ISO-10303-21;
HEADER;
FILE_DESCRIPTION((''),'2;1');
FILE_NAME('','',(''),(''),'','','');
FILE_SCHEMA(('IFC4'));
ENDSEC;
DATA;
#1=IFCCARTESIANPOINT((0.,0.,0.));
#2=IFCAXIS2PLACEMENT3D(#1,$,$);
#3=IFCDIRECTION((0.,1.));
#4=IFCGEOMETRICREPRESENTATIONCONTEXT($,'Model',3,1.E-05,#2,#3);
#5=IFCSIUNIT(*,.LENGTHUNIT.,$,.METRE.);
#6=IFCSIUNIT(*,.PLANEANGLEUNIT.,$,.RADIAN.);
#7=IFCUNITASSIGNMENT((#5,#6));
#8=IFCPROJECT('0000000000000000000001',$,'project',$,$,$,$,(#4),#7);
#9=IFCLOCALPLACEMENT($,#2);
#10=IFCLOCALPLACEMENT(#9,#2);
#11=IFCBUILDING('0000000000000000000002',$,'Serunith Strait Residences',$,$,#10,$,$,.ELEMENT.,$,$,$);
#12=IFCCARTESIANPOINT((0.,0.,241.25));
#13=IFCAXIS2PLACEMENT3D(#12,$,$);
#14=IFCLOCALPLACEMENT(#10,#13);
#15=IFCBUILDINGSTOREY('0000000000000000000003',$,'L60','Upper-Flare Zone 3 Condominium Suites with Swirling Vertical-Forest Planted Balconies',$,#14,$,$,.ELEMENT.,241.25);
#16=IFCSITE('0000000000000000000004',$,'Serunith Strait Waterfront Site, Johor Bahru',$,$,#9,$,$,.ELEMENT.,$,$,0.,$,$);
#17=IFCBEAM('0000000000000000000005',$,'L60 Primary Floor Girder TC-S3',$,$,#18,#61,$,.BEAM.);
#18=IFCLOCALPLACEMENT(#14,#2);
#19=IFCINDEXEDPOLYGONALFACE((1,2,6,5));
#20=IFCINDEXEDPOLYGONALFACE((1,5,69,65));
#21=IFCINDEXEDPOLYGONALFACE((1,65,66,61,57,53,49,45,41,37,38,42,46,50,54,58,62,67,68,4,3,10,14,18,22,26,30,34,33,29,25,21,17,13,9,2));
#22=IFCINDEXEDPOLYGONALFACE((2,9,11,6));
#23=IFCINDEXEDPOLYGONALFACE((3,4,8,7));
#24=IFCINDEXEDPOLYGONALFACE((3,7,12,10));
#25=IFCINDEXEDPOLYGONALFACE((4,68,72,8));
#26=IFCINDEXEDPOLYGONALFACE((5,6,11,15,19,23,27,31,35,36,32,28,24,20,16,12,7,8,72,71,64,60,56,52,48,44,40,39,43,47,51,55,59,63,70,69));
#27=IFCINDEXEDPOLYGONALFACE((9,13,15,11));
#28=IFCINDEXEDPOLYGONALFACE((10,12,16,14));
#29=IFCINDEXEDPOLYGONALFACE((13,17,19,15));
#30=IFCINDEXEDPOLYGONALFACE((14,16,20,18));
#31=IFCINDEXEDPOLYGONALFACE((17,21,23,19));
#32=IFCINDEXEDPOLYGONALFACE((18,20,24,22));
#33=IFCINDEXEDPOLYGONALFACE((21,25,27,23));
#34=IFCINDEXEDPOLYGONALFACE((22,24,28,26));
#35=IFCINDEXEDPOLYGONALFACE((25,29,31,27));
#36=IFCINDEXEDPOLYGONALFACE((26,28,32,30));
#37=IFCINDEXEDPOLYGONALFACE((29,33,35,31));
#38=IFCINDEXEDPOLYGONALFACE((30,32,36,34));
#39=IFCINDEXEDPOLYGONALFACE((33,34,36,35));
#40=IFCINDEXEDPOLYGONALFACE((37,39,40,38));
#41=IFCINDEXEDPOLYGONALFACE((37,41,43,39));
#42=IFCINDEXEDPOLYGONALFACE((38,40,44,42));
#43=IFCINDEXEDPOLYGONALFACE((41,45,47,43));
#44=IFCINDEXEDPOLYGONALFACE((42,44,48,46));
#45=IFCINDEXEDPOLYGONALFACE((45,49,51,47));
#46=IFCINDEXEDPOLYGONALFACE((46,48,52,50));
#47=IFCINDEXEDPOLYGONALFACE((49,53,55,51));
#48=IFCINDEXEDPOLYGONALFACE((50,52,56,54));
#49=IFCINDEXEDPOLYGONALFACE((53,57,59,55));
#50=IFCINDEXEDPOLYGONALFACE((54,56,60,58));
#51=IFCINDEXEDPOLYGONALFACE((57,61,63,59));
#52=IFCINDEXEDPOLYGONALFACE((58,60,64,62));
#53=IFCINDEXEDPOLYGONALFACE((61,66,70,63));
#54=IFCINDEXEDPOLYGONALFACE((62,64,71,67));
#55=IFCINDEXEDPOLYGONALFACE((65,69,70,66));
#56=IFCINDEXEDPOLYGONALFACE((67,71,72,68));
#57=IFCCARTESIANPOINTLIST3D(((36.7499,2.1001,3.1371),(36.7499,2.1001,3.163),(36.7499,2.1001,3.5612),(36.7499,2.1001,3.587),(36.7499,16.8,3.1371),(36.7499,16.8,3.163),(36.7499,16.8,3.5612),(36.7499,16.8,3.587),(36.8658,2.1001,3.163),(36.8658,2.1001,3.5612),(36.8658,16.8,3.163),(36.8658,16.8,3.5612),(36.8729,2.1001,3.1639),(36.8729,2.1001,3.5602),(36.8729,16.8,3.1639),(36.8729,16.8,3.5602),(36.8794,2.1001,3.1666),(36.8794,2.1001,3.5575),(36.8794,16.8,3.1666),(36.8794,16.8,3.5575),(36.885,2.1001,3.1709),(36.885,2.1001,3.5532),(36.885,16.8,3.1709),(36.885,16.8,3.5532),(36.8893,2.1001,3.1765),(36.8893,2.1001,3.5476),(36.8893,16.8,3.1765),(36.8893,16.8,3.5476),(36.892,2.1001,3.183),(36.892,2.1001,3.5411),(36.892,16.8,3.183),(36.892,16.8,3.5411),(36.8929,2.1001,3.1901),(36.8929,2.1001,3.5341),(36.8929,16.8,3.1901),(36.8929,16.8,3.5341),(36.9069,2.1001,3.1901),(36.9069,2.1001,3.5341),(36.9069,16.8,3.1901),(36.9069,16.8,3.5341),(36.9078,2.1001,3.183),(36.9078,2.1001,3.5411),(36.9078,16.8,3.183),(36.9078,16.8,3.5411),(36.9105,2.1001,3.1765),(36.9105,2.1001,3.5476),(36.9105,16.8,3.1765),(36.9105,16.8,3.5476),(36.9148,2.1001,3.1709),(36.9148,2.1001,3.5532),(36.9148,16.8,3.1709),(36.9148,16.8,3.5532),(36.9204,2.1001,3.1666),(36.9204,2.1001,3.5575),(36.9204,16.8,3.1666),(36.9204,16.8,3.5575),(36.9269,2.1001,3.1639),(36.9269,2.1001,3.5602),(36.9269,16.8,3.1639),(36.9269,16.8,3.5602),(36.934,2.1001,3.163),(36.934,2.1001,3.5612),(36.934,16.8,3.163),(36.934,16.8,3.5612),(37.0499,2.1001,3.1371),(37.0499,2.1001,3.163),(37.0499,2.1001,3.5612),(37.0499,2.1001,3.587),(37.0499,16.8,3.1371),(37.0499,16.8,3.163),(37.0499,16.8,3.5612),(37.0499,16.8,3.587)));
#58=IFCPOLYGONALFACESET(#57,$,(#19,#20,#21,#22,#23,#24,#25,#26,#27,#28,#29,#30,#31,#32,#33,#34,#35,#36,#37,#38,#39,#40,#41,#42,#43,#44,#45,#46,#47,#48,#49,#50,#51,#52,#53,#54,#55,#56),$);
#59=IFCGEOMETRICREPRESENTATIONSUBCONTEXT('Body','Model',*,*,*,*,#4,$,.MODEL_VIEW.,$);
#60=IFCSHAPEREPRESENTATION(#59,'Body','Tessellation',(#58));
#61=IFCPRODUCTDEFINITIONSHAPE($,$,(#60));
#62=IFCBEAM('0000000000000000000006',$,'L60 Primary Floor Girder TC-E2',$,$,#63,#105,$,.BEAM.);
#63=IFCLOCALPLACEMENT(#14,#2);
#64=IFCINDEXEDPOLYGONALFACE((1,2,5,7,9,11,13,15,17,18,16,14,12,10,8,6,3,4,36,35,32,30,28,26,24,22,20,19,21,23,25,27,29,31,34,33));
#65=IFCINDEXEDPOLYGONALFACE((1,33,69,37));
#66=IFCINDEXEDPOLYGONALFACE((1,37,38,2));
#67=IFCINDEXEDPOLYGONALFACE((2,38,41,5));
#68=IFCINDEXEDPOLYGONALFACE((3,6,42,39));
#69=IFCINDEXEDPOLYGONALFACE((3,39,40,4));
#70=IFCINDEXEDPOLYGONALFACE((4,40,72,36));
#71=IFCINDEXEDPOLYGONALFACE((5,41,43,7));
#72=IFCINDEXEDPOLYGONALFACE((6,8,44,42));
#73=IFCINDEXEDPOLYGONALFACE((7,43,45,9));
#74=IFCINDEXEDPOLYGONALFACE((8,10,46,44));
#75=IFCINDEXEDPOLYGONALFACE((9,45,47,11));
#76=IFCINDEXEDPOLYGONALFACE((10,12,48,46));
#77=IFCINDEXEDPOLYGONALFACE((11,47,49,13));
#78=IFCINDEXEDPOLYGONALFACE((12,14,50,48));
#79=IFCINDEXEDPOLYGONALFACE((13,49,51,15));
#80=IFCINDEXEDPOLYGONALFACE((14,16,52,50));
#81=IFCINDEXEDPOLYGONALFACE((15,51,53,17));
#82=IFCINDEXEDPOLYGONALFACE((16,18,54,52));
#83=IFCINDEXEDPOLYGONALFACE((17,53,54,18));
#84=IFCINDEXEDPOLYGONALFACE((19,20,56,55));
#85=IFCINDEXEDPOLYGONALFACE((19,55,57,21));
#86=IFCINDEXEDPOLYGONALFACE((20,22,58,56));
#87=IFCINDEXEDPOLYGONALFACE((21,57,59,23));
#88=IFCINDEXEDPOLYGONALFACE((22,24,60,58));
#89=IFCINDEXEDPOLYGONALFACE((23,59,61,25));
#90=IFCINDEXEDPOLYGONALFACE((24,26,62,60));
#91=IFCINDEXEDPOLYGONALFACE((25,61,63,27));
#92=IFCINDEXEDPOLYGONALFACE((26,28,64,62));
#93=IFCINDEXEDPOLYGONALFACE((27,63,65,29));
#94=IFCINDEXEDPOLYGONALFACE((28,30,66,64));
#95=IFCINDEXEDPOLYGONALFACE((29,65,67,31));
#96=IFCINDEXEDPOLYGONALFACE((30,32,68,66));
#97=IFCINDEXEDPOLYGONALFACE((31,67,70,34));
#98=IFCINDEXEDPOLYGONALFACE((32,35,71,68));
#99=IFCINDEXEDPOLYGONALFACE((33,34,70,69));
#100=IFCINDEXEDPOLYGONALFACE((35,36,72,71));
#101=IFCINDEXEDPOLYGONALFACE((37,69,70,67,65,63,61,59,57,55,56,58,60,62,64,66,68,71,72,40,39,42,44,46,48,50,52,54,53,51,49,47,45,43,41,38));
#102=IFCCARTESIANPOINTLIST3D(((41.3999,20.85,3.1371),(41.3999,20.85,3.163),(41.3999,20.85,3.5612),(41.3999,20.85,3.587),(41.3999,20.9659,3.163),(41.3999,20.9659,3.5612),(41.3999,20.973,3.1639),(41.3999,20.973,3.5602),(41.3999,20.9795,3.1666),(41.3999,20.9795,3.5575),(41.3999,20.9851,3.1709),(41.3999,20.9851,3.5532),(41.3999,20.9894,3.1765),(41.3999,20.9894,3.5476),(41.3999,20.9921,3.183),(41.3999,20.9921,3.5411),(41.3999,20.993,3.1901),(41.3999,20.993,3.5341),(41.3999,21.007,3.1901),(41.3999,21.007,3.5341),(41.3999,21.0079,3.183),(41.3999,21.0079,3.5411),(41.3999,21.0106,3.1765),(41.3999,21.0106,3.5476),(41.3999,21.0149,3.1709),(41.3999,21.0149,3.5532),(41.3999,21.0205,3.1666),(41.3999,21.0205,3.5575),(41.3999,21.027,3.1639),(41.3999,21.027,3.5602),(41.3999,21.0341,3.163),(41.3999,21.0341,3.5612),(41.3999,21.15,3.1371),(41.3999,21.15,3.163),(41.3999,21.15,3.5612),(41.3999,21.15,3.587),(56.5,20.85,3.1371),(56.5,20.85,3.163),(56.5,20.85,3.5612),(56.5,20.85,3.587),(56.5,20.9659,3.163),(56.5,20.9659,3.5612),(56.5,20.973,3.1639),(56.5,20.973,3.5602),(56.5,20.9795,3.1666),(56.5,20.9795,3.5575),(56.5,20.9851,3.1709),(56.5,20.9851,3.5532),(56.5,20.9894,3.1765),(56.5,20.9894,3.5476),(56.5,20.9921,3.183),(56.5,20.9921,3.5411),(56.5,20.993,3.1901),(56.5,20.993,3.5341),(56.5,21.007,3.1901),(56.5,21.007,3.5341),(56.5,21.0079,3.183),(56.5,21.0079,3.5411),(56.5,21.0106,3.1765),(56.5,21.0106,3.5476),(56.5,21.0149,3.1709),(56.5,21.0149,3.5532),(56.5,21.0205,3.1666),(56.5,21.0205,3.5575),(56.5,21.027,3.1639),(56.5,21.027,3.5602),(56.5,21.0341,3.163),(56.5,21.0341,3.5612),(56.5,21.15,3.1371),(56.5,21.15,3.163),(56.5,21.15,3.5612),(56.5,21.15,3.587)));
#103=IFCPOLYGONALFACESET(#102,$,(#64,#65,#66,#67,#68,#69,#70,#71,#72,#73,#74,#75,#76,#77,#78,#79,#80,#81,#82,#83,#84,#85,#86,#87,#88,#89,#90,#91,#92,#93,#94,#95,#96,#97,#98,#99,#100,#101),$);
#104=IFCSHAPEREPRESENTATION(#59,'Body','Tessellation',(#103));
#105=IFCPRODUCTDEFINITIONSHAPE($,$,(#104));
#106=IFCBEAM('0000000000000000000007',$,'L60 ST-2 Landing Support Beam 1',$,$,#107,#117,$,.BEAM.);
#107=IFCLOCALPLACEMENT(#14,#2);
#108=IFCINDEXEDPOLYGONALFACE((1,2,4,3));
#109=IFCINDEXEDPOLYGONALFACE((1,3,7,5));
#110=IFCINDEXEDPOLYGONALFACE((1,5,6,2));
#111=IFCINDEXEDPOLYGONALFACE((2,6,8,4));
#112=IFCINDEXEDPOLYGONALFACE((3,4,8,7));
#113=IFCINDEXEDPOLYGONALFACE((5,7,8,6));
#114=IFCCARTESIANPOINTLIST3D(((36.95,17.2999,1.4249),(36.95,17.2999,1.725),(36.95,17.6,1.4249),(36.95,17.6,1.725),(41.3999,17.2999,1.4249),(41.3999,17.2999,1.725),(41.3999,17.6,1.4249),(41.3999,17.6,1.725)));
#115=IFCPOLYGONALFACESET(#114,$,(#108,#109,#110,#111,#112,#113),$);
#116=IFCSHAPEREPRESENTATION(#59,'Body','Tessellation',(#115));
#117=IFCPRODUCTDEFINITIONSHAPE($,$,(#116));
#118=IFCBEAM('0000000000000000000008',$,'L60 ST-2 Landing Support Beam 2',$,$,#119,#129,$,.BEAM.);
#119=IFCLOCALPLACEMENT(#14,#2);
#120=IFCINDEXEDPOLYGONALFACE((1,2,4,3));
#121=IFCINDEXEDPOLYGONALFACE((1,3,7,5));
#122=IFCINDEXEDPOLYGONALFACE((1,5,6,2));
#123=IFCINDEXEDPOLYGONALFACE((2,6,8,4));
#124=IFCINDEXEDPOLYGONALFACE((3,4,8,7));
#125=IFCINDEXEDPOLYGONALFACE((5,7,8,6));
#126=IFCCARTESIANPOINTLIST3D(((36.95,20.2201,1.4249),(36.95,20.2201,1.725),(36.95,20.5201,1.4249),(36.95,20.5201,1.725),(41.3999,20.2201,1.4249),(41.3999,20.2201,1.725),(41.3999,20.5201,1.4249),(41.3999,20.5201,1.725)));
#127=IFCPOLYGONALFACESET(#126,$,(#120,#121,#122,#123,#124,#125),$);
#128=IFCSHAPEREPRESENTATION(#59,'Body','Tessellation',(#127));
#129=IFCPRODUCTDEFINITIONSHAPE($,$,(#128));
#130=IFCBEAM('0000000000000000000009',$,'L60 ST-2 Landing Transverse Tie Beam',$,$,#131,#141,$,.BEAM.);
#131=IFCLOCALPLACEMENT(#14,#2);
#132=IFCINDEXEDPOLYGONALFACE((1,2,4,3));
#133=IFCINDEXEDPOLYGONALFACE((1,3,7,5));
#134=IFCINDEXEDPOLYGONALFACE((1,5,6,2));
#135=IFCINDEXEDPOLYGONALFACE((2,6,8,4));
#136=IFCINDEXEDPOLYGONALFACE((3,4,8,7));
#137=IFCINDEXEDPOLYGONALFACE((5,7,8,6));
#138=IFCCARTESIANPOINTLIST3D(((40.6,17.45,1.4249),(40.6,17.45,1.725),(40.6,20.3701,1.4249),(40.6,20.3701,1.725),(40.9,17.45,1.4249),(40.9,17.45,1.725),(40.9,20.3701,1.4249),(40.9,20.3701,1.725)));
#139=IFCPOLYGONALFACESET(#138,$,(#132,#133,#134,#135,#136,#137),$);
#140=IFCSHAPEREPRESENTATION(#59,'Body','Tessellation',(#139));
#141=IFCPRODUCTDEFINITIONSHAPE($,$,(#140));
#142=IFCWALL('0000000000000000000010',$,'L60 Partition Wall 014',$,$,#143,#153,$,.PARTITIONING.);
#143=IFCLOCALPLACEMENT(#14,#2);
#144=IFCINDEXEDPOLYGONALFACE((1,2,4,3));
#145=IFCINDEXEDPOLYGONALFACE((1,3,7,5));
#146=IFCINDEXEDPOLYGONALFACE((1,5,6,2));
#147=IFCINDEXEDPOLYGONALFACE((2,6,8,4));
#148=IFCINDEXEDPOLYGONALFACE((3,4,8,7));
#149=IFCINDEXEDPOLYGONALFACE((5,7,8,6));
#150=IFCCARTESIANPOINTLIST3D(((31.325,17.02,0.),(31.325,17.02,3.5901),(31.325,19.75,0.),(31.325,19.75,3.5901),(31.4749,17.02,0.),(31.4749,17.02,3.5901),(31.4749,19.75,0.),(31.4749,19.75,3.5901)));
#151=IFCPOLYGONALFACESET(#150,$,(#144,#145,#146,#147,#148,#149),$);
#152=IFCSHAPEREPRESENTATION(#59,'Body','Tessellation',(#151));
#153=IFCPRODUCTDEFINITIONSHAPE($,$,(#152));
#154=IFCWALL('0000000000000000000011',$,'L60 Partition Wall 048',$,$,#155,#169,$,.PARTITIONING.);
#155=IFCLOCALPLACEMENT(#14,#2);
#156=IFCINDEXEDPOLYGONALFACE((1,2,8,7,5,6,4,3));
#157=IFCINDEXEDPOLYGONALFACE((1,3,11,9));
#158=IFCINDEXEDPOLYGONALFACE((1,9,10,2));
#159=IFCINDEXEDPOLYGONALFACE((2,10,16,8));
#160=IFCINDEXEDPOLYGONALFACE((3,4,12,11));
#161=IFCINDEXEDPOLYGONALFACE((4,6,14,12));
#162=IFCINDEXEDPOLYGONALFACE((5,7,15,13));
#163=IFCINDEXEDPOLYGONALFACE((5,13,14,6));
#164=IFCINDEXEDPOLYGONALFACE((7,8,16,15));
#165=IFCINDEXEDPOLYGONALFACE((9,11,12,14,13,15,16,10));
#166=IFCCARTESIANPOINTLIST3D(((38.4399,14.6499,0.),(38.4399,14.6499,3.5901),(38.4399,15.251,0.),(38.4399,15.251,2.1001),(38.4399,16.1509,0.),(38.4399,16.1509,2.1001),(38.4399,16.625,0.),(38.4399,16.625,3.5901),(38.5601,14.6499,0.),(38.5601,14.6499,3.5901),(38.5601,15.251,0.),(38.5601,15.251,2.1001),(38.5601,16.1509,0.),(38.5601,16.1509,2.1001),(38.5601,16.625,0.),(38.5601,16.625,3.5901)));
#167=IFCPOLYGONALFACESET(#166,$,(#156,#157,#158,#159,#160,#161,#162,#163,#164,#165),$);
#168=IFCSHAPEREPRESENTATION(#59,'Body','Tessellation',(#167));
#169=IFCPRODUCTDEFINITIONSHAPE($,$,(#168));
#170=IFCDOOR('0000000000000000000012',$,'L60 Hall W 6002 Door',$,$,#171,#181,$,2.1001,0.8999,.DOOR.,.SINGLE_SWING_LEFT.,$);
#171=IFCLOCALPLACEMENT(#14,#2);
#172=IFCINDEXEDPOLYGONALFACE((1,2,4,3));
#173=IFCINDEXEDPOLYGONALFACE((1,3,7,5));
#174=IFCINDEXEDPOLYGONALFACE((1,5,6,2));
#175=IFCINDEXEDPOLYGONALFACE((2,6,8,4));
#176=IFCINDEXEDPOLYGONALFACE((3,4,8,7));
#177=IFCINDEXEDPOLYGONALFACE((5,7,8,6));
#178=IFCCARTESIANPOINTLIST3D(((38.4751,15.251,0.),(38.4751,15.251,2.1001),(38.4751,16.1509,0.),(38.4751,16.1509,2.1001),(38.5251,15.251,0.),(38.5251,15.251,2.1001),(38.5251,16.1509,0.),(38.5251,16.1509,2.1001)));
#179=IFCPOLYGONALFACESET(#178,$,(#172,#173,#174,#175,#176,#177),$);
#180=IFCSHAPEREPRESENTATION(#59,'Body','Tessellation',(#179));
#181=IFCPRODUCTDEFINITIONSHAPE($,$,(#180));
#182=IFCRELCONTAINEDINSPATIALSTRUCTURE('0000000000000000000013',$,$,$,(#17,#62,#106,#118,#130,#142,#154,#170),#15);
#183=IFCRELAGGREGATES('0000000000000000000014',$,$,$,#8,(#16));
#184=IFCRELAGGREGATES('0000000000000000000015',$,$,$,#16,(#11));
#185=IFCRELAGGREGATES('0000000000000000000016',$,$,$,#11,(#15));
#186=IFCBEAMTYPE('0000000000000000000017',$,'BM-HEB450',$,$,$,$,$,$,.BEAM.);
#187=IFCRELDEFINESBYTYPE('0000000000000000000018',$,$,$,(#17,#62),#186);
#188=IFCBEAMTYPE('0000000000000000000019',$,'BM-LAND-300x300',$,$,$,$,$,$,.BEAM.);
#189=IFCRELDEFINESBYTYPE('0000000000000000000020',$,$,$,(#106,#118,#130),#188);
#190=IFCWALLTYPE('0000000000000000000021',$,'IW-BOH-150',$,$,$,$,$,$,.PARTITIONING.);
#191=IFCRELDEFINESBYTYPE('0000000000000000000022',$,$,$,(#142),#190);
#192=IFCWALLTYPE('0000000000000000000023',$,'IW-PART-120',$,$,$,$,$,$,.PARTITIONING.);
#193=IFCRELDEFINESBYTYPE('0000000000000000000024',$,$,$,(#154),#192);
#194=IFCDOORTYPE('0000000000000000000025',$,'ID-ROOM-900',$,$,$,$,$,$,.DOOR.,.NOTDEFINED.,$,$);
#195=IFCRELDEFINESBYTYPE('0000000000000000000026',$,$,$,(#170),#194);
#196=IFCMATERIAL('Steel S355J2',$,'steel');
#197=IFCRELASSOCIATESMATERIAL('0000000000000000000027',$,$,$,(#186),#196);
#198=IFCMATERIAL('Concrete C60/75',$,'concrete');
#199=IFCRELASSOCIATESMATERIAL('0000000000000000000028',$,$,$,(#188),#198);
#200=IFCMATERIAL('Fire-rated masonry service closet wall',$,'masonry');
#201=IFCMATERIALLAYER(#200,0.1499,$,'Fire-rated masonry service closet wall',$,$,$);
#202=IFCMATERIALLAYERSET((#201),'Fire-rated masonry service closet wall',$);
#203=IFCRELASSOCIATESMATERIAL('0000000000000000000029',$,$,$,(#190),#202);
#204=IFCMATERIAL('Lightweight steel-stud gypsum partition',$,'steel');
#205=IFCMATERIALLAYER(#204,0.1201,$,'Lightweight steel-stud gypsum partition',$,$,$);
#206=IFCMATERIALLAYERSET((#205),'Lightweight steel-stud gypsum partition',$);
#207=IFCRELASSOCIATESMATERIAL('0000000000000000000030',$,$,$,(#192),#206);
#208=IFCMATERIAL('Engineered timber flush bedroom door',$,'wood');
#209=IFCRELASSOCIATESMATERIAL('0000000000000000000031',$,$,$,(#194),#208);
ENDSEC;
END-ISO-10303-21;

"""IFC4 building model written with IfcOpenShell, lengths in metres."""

from ifc_helpers import new_model, si_unit, direction, frame, frame_2d, origin, origin_2d, place, context, subcontext, project, spatial, rectangle, i_section, extrude, source, transform, mapped, material, layer, layer_set, material_profile, profile_set, type_object, element, fill, save


model = new_model("IFC4")

# Units and contexts
model_context = context("Model", 3, precision=1e-05, world=origin(), true_north=direction((0.0, 1.0)))
body_context = subcontext(model_context, "Body", "Model", "MODEL_VIEW")
ifc_project = project(units=[si_unit("LENGTHUNIT", "METRE"), si_unit("PLANEANGLEUNIT", "RADIAN")], contexts=[model_context])

# Site, building, storey
site_placement = place(None, origin())
site = spatial("IfcSite", under=ifc_project, at=site_placement, Name="Serunith Strait Waterfront Site, Johor Bahru", CompositionType="ELEMENT", RefElevation=0.0)
building_placement = place(site_placement, origin())
building = spatial("IfcBuilding", under=site, at=building_placement, Name="Serunith Strait Residences", CompositionType="ELEMENT")
storey_placement = place(building_placement, frame((0.0, 0.0, 241.25)))
storey = spatial("IfcBuildingStorey", under=building, at=storey_placement, Name="L60", Description="Upper-Flare Zone 3 Condominium Suites with Swirling Vertical-Forest Planted Balconies", CompositionType="ELEMENT", Elevation=241.25)

# Beams
ifc_material_1 = material(Name="Steel S355J2", Category="steel")
ifc_material_profile_1 = material_profile(ifc_material_1, i_section(OverallWidth=0.3, OverallDepth=0.45, WebThickness=0.0139, FlangeThickness=0.0259, FilletRadius=0.0271, at=origin_2d()), Name="HEB 450")
ifc_profile_set_1 = profile_set([ifc_material_profile_1], Name="Steel S355J2")
beam_type_1 = type_object("IfcBeamType", Name="BM-HEB450", PredefinedType="BEAM", material=ifc_profile_set_1)
shared_shape_1 = source(origin(), body_context, "Body", "SweptSolid", [
    extrude(i_section(OverallWidth=0.3, OverallDepth=0.45, WebThickness=0.0139, FlangeThickness=0.0259, FilletRadius=0.0271, at=origin_2d()), origin(), (0.0, 0.0, 1.0), 14.7),
])
beam_1_placement = place(storey_placement, frame((36.8999, 16.8, 3.3621), z_axis=(0.0, -1.0, 0.0), x_axis=(1.0, 0.0, 0.0)))
element("IfcBeam", 1, at=beam_1_placement, inside=storey, type_object=beam_type_1, Name="L60 Primary Floor Girder TC-S3", PredefinedType="BEAM", context=body_context, shape_type="MappedRepresentation", body=[
    mapped(shared_shape_1, transform((0.0, 0.0, 0.0), scale=1.0)),
])
shared_shape_2 = source(origin(), body_context, "Body", "SweptSolid", [
    extrude(i_section(OverallWidth=0.3, OverallDepth=0.45, WebThickness=0.0139, FlangeThickness=0.0259, FilletRadius=0.0271, at=origin_2d()), origin(), (0.0, 0.0, 1.0), 15.1001),
])
beam_2_placement = place(storey_placement, frame((41.3999, 21.0, 3.3621), z_axis=(1.0, 0.0, 0.0), x_axis=(0.0, 1.0, 0.0)))
element("IfcBeam", 2, at=beam_2_placement, inside=storey, type_object=beam_type_1, Name="L60 Primary Floor Girder TC-E2", PredefinedType="BEAM", context=body_context, shape_type="MappedRepresentation", body=[
    mapped(shared_shape_2, transform((0.0, 0.0, 0.0), scale=1.0)),
])
ifc_material_2 = material(Name="Concrete C60/75", Category="concrete")
ifc_material_profile_2 = material_profile(ifc_material_2, rectangle(XDim=0.3, YDim=0.3, at=origin_2d()), Name="RC 300x300")
ifc_profile_set_2 = profile_set([ifc_material_profile_2], Name="Concrete C60/75")
beam_type_2 = type_object("IfcBeamType", Name="BM-LAND-300x300", PredefinedType="BEAM", material=ifc_profile_set_2)
shared_shape_3 = source(origin(), body_context, "Body", "SweptSolid", [
    extrude(rectangle(XDim=0.3, YDim=0.3, at=origin_2d()), origin(), (0.0, 0.0, 1.0), 4.45),
])
for number, where, z_axis, x_axis, name in (
    (3, (36.95, 17.45, 1.575), (1.0, 0.0, 0.0), (0.0, 1.0, 0.0), "L60 ST-2 Landing Support Beam 1"),
    (4, (36.95, 20.3701, 1.575), (1.0, 0.0, 0.0), (0.0, 1.0, 0.0), "L60 ST-2 Landing Support Beam 2"),
):
    element("IfcBeam", number, at=place(storey_placement, frame(where, z_axis=z_axis, x_axis=x_axis)), inside=storey, type_object=beam_type_2, Name=name, PredefinedType="BEAM", context=body_context, shape_type="MappedRepresentation", body=[
        mapped(shared_shape_3, transform((0.0, 0.0, 0.0), scale=1.0)),
    ])
shared_shape_4 = source(origin(), body_context, "Body", "SweptSolid", [
    extrude(rectangle(XDim=0.3, YDim=0.3, at=origin_2d()), origin(), (0.0, 0.0, 1.0), 2.9202),
])
beam_3_placement = place(storey_placement, frame((40.75, 17.45, 1.575), z_axis=(0.0, 1.0, 0.0), x_axis=(-1.0, 0.0, 0.0)))
element("IfcBeam", 5, at=beam_3_placement, inside=storey, type_object=beam_type_2, Name="L60 ST-2 Landing Transverse Tie Beam", PredefinedType="BEAM", context=body_context, shape_type="MappedRepresentation", body=[
    mapped(shared_shape_4, transform((0.0, 0.0, 0.0), scale=1.0)),
])

# Wall
ifc_material_3 = material(Name="Fire-rated masonry service closet wall", Category="masonry")
ifc_layer_1 = layer(ifc_material_3, 0.1499, Name="Fire-rated masonry service closet wall")
ifc_layer_set_1 = layer_set([ifc_layer_1], Name="Fire-rated masonry service closet wall")
wall_type_1 = type_object("IfcWallType", Name="IW-BOH-150", PredefinedType="PARTITIONING", material=ifc_layer_set_1)
wall_1_placement = place(storey_placement, frame((31.3999, 17.02, 0.0), z_axis=(0.0, 0.0, 1.0), x_axis=(0.0, 1.0, 0.0)))
element("IfcWall", 6, at=wall_1_placement, inside=storey, type_object=wall_type_1, Name="L60 Partition Wall 014", PredefinedType="PARTITIONING", context=body_context, shape_type="SweptSolid", body=[
    extrude(rectangle(XDim=2.73, YDim=0.1499, at=frame_2d((1.365, 0.0))), origin(), (0.0, 0.0, 1.0), 3.5901),
])

# Wall, opening, door
ifc_material_4 = material(Name="Lightweight steel-stud gypsum partition", Category="steel")
ifc_layer_2 = layer(ifc_material_4, 0.1201, Name="Lightweight steel-stud gypsum partition")
ifc_layer_set_2 = layer_set([ifc_layer_2], Name="Lightweight steel-stud gypsum partition")
wall_type_2 = type_object("IfcWallType", Name="IW-PART-120", PredefinedType="PARTITIONING", material=ifc_layer_set_2)
wall_2_placement = place(storey_placement, frame((38.5, 14.6499, 0.0), z_axis=(0.0, 0.0, 1.0), x_axis=(0.0, 1.0, 0.0)))
wall_2 = element("IfcWall", 7, at=wall_2_placement, inside=storey, type_object=wall_type_2, Name="L60 Partition Wall 048", PredefinedType="PARTITIONING", context=body_context, shape_type="SweptSolid", body=[
    extrude(rectangle(XDim=1.9751, YDim=0.1201, at=frame_2d((0.9875, 0.0))), origin(), (0.0, 0.0, 1.0), 3.5901),
])
opening_1_placement = place(wall_2_placement, frame((0.6011, 0.0, 0.0)))
opening_1 = element("IfcOpeningElement", 8, at=opening_1_placement, cuts=wall_2, PredefinedType="OPENING", context=body_context, shape_type="SweptSolid", body=[
    extrude(rectangle(XDim=0.8999, YDim=2.1001, at=frame_2d((0.45, 1.05))), frame((0.0, 0.0701, 0.0), z_axis=(0.0, -1.0, 0.0), x_axis=(1.0, 0.0, 0.0)), (0.0, 0.0, 1.0), 0.1401),
])
ifc_material_5 = material(Name="Engineered timber flush bedroom door", Category="wood")
door_type_1 = type_object("IfcDoorType", Name="ID-ROOM-900", OperationType="NOTDEFINED", PredefinedType="DOOR", material=ifc_material_5)
shared_shape_5 = source(origin(), body_context, "Body", "SweptSolid", [
    extrude(rectangle(XDim=0.8999, YDim=2.1001, at=frame_2d((0.45, 1.05))), frame((0.0, 0.0249, 0.0), z_axis=(0.0, -1.0, 0.0), x_axis=(1.0, 0.0, 0.0)), (0.0, 0.0, 1.0), 0.05),
])
door_1_placement = place(opening_1_placement, origin())
door_1 = element("IfcDoor", 9, at=door_1_placement, inside=storey, type_object=door_type_1, Name="L60 Hall W 6002 Door", OperationType="SINGLE_SWING_LEFT", OverallHeight=2.1001, OverallWidth=0.8999, PredefinedType="DOOR", context=body_context, shape_type="MappedRepresentation", body=[
    mapped(shared_shape_5, transform((0.0, 0.0, 0.0), scale=1.0)),
])
fill(opening_1, door_1)

save(model, "model.ifc")
